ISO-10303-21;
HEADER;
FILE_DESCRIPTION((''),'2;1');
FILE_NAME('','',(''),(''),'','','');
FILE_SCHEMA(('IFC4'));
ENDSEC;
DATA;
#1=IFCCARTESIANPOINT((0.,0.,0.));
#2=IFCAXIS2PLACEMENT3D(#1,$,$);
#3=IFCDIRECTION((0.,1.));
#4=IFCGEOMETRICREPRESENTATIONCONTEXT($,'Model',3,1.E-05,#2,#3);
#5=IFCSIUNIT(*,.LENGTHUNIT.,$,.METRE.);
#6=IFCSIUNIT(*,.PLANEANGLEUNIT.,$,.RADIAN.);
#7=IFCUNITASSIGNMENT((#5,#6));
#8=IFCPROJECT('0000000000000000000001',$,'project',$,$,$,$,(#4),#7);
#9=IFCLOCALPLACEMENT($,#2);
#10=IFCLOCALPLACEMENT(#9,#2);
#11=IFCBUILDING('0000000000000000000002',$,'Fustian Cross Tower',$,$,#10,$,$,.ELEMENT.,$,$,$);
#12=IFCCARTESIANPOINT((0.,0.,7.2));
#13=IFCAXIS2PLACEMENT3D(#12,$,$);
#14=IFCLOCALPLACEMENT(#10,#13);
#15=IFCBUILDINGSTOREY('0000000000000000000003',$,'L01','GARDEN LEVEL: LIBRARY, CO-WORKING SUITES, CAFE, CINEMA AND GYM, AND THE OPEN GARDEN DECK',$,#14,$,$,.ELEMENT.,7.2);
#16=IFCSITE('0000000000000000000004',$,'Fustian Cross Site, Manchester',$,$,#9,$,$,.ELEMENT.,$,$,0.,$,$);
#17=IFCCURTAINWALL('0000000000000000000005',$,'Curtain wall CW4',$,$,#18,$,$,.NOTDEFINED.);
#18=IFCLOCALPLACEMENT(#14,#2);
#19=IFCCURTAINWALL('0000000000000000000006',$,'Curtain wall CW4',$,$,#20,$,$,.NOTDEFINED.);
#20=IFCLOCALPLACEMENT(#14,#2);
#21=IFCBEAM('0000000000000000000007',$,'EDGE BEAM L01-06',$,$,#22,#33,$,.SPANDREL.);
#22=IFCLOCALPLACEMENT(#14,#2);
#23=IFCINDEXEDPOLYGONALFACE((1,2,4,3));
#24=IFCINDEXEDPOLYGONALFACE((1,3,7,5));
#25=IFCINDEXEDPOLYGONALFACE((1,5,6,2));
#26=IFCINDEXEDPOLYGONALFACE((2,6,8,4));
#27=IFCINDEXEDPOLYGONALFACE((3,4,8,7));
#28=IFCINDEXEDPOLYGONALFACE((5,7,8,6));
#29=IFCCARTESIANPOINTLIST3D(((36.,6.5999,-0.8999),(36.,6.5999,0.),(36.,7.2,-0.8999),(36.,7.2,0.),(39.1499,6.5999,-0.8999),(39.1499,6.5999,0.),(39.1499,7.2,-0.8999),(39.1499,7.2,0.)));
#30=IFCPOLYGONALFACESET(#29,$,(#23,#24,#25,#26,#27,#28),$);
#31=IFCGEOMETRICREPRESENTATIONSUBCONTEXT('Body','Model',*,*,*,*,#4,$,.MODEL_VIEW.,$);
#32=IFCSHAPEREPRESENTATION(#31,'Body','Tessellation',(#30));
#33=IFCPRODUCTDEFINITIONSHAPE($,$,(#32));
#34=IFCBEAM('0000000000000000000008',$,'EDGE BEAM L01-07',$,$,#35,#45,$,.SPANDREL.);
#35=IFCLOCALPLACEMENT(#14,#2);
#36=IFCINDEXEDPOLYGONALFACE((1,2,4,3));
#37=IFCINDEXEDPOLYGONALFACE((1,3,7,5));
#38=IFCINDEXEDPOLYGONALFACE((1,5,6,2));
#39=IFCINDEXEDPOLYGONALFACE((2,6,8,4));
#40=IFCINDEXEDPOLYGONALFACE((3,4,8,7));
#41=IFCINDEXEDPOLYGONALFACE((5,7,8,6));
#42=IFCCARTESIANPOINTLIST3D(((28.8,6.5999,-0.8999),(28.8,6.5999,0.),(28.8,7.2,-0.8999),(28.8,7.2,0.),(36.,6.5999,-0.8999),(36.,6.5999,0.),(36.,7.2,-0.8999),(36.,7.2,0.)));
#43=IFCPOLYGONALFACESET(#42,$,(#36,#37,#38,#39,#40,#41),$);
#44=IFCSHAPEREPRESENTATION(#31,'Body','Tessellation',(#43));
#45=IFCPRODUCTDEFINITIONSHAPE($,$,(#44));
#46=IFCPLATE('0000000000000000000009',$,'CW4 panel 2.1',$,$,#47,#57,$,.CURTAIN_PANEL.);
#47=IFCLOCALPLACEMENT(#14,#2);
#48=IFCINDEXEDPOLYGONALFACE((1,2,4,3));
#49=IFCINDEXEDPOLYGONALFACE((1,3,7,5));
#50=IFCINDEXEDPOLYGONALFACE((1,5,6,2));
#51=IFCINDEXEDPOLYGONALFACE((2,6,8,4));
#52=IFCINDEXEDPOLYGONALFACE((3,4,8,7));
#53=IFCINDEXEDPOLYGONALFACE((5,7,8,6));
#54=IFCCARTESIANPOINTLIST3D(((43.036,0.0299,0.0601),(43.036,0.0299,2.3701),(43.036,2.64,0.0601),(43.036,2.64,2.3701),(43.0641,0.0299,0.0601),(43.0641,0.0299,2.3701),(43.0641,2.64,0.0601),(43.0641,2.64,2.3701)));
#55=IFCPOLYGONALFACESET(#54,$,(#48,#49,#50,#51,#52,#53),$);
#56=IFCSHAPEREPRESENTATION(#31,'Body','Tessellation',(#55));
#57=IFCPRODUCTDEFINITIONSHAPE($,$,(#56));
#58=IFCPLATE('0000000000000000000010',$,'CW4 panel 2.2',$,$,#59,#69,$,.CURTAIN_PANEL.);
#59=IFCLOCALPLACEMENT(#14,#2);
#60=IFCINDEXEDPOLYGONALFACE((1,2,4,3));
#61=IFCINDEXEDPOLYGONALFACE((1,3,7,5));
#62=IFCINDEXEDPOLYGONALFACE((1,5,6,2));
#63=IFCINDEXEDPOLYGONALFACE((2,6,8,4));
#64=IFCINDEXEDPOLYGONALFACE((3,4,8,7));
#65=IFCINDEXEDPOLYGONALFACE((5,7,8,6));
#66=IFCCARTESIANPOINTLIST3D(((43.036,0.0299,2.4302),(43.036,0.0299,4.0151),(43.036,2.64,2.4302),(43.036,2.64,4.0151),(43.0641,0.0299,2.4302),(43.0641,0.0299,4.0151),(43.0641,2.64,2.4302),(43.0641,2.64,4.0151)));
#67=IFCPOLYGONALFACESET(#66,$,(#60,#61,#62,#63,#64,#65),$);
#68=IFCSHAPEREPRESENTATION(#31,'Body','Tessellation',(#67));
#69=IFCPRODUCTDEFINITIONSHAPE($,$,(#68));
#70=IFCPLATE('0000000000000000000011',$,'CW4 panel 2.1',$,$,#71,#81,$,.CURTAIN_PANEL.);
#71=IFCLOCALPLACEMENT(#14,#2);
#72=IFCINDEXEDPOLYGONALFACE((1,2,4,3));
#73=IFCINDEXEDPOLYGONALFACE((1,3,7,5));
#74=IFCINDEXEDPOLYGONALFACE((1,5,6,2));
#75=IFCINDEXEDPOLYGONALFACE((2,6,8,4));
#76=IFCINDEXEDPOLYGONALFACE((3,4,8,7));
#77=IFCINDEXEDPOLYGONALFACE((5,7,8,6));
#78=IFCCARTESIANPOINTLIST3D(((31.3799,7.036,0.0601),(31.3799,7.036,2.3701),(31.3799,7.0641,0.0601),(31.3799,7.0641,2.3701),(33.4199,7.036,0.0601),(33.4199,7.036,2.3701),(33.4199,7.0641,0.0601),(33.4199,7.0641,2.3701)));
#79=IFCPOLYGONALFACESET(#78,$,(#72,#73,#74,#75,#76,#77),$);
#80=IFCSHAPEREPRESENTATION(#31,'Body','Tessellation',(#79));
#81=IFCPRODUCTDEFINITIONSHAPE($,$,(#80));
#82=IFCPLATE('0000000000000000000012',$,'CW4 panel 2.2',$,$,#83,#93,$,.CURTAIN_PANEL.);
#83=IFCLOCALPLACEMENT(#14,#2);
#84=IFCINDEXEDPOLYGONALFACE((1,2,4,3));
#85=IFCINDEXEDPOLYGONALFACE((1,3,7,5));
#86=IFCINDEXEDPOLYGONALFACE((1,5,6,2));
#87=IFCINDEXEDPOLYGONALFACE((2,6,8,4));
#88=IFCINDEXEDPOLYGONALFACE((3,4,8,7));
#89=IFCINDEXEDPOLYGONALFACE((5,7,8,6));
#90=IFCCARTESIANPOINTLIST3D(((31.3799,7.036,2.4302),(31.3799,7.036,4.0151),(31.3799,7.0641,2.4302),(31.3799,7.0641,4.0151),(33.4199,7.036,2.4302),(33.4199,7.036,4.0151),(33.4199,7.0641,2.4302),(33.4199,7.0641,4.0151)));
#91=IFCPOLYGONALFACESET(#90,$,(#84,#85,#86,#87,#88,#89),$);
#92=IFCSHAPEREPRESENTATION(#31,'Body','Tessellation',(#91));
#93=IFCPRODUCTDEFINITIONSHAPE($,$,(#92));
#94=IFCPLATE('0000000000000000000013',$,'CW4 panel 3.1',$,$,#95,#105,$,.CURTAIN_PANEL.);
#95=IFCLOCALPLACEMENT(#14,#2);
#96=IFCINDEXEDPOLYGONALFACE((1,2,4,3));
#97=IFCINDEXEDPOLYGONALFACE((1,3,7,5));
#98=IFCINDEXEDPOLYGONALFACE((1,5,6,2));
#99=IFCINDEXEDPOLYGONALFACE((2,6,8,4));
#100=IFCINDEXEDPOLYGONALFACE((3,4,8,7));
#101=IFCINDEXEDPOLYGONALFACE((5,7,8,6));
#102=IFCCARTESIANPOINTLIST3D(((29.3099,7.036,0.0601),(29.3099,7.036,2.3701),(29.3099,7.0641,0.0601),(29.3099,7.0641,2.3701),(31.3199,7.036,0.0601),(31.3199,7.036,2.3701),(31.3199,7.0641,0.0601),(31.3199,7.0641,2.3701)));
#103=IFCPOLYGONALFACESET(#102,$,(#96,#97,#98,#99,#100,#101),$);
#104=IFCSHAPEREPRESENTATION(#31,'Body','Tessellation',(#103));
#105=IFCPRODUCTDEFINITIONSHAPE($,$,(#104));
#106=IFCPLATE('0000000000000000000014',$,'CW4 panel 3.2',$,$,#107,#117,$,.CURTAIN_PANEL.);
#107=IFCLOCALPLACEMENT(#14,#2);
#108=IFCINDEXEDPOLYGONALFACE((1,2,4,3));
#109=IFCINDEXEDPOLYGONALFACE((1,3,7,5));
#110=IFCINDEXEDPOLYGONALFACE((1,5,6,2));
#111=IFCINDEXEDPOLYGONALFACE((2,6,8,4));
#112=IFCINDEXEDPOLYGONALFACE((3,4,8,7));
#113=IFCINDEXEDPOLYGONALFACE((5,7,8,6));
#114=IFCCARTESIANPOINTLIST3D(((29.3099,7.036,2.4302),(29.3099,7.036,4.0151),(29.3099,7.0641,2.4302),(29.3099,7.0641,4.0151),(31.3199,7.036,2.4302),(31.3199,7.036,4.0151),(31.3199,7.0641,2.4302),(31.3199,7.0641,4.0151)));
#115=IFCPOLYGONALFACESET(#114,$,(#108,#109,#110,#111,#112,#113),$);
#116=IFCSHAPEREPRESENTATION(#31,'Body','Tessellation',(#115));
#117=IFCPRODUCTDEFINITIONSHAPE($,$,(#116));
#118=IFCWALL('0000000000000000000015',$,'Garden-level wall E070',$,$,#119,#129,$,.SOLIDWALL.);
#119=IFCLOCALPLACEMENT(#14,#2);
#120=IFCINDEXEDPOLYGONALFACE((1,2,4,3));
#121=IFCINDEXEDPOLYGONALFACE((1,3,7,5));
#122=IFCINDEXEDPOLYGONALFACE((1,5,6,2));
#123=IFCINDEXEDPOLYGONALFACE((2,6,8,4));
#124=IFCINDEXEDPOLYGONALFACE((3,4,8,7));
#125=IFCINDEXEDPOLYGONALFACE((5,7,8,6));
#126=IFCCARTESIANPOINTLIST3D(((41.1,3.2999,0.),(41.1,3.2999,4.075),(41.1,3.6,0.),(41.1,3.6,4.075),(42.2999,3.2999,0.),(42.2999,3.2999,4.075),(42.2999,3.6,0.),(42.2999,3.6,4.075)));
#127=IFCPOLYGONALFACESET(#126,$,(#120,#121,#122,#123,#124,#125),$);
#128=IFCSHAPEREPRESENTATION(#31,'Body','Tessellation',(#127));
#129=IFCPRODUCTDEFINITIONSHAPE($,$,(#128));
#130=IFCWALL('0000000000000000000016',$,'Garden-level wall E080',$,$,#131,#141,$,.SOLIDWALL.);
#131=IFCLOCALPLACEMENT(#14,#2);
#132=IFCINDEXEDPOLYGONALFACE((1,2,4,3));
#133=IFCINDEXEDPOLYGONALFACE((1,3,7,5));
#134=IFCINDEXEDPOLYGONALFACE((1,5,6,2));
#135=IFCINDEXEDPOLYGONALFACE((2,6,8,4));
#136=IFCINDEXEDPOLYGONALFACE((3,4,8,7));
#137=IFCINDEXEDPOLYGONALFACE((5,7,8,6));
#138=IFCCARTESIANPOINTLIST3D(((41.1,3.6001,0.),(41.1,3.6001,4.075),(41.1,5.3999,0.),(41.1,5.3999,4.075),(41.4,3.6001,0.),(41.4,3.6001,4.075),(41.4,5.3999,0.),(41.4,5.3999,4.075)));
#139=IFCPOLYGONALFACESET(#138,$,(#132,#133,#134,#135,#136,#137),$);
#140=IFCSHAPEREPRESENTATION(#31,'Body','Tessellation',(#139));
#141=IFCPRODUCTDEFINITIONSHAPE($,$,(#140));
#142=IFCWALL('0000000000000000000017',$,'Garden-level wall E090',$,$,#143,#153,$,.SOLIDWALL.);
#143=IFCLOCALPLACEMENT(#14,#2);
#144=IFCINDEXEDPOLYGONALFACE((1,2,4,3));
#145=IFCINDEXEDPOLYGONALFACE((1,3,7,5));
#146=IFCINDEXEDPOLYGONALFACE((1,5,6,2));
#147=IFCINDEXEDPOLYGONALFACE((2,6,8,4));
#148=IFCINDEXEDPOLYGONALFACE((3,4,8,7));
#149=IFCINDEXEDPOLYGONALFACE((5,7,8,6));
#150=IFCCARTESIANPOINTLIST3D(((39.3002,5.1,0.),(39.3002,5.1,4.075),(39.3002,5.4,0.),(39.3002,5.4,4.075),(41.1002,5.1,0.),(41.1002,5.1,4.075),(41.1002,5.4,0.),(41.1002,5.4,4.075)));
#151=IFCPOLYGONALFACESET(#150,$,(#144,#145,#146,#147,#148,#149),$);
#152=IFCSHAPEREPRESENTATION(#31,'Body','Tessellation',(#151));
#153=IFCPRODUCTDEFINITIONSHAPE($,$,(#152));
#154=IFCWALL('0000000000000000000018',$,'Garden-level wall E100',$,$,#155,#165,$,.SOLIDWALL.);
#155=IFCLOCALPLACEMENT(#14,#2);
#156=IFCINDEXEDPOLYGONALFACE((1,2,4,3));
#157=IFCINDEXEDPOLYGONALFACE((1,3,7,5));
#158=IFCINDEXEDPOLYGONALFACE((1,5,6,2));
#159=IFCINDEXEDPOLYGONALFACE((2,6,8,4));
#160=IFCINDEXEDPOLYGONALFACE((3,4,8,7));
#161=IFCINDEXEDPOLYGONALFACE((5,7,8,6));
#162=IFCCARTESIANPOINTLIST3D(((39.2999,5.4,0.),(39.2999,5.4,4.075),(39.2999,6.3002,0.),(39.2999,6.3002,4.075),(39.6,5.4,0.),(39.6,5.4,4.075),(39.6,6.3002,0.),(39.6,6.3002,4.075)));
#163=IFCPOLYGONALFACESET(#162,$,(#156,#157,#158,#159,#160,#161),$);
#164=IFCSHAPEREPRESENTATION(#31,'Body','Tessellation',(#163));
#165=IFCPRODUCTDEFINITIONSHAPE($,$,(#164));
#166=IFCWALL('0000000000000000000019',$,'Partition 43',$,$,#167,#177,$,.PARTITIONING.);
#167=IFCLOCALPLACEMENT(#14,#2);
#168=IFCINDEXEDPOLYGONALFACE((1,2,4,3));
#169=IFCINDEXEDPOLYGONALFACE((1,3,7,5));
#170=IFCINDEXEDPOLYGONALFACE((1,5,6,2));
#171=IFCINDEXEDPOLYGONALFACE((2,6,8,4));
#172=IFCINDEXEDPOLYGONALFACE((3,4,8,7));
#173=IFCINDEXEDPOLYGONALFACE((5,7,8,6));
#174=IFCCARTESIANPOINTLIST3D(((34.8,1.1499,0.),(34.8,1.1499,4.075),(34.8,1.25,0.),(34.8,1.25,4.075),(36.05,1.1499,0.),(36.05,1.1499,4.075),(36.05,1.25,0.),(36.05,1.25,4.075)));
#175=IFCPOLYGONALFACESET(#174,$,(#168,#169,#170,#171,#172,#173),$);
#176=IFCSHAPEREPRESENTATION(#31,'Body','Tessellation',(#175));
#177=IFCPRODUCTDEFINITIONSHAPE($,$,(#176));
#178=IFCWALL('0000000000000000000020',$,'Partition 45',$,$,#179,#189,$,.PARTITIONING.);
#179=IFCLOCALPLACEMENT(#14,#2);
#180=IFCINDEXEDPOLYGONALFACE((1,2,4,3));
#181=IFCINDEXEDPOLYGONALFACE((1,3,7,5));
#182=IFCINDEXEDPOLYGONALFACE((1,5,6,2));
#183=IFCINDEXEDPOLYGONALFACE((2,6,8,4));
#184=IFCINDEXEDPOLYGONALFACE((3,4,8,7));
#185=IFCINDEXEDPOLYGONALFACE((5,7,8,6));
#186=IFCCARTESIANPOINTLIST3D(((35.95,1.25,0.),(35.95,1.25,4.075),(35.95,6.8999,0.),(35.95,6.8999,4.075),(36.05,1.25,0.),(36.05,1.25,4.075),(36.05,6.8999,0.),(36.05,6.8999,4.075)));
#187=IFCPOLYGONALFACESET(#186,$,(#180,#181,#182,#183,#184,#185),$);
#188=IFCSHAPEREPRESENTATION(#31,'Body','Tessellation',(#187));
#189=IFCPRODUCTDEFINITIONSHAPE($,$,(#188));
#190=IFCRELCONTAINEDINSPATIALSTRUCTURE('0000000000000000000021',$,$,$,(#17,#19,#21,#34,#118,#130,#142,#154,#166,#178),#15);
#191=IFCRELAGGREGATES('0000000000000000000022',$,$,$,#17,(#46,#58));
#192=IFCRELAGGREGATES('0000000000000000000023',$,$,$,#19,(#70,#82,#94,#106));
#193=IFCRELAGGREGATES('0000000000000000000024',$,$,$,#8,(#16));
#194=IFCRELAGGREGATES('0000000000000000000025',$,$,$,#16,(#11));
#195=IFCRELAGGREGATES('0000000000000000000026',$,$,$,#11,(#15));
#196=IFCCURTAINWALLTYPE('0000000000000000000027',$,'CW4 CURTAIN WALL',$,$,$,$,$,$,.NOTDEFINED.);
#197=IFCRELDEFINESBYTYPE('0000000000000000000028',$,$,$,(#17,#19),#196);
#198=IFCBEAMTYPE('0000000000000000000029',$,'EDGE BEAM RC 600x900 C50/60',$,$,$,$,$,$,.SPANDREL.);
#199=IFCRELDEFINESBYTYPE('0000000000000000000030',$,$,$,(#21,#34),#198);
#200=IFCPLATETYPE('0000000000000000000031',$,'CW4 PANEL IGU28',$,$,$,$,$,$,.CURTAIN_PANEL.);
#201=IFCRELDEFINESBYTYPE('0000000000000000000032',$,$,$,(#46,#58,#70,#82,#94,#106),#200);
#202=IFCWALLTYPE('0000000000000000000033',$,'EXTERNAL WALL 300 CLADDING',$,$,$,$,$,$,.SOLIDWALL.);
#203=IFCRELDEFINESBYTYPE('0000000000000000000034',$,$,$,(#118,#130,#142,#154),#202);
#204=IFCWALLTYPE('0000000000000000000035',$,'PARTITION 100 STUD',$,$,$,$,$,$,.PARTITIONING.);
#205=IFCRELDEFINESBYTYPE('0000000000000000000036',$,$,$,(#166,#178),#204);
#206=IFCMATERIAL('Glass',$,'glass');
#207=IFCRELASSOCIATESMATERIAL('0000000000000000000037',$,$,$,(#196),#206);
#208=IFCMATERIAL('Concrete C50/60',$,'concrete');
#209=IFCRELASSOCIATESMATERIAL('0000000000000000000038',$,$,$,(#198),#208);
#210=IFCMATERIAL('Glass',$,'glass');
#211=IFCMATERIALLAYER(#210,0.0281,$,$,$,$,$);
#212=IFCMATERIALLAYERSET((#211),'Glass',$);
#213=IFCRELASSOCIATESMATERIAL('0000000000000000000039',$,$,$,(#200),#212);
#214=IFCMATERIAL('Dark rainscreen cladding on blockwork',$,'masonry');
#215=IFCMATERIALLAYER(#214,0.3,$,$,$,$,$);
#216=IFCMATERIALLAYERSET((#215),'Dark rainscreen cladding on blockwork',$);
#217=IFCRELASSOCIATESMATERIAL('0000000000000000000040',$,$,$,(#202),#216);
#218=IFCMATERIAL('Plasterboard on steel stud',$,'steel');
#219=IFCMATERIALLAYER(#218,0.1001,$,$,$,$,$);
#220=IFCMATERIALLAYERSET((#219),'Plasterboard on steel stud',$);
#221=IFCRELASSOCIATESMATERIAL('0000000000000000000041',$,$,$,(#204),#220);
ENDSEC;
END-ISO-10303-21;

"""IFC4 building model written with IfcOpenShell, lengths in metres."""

from ifc_helpers import new_model, si_unit, direction, frame, frame_2d, origin, origin_2d, place, context, subcontext, project, spatial, rectangle, extrude, material, layer, layer_set, material_profile, profile_set, type_object, element, aggregate, save


model = new_model("IFC4")

# Units and contexts
model_context = context("Model", 3, precision=1e-05, world=origin(), true_north=direction((0.0, 1.0)))
body_context = subcontext(model_context, "Body", "Model", "MODEL_VIEW")
ifc_project = project(units=[si_unit("LENGTHUNIT", "METRE"), si_unit("PLANEANGLEUNIT", "RADIAN")], contexts=[model_context])

# Site, building, storey
site_placement = place(None, origin())
site = spatial("IfcSite", under=ifc_project, at=site_placement, Name="Fustian Cross Site, Manchester", CompositionType="ELEMENT", RefElevation=0.0)
building_placement = place(site_placement, origin())
building = spatial("IfcBuilding", under=site, at=building_placement, Name="Fustian Cross Tower", CompositionType="ELEMENT")
storey_placement = place(building_placement, frame((0.0, 0.0, 7.2)))
storey = spatial("IfcBuildingStorey", under=building, at=storey_placement, Name="L01", Description="GARDEN LEVEL: LIBRARY, CO-WORKING SUITES, CAFE, CINEMA AND GYM, AND THE OPEN GARDEN DECK", CompositionType="ELEMENT", Elevation=7.2)

# Curtain walls
ifc_material_1 = material(Name="Glass", Category="glass")
curtain_wall_type = type_object("IfcCurtainWallType", Name="CW4 CURTAIN WALL", PredefinedType="NOTDEFINED", material=ifc_material_1)
curtain_wall_1_placement = place(storey_placement, origin())
curtain_wall_1 = element("IfcCurtainWall", 1, at=curtain_wall_1_placement, inside=storey, type_object=curtain_wall_type, Name="Curtain wall CW4", PredefinedType="NOTDEFINED")
curtain_wall_2_placement = place(storey_placement, origin())
curtain_wall_2 = element("IfcCurtainWall", 2, at=curtain_wall_2_placement, inside=storey, type_object=curtain_wall_type, Name="Curtain wall CW4", PredefinedType="NOTDEFINED")

# Beams
ifc_material_2 = material(Name="Concrete C50/60", Category="concrete")
ifc_material_profile_1 = material_profile(ifc_material_2, rectangle(XDim=0.6001, YDim=0.8999, at=origin_2d()), Name="RC 600x900")
ifc_profile_set_1 = profile_set([ifc_material_profile_1], Name="Concrete C50/60")
beam_type = type_object("IfcBeamType", Name="EDGE BEAM RC 600x900 C50/60", PredefinedType="SPANDREL", material=ifc_profile_set_1)
beam_1_placement = place(storey_placement, frame((39.1499, 6.8999, -0.45), z_axis=(-1.0, 0.0, 0.0), x_axis=(0.0, -1.0, 0.0)))
element("IfcBeam", 3, at=beam_1_placement, inside=storey, type_object=beam_type, Name="EDGE BEAM L01-06", PredefinedType="SPANDREL", context=body_context, shape_type="SweptSolid", body=[
    extrude(rectangle(XDim=0.6001, YDim=0.8999, at=origin_2d()), origin(), (0.0, 0.0, 1.0), 3.1499),
])
beam_2_placement = place(storey_placement, frame((36.0, 6.8999, -0.45), z_axis=(-1.0, 0.0, 0.0), x_axis=(0.0, -1.0, 0.0)))
element("IfcBeam", 4, at=beam_2_placement, inside=storey, type_object=beam_type, Name="EDGE BEAM L01-07", PredefinedType="SPANDREL", context=body_context, shape_type="SweptSolid", body=[
    extrude(rectangle(XDim=0.6001, YDim=0.8999, at=origin_2d()), origin(), (0.0, 0.0, 1.0), 7.2),
])

# Plates
ifc_material_3 = material(Name="Glass", Category="glass")
ifc_layer_1 = layer(ifc_material_3, 0.0281)
ifc_layer_set_1 = layer_set([ifc_layer_1], Name="Glass")
plate_type = type_object("IfcPlateType", Name="CW4 PANEL IGU28", PredefinedType="CURTAIN_PANEL", material=ifc_layer_set_1)
plate_1_placement = place(storey_placement, frame((43.05, 1.335, 0.0601), z_axis=(0.0, 0.0, 1.0), x_axis=(0.0, 1.0, 0.0)))
plate_1 = element("IfcPlate", 5, at=plate_1_placement, type_object=plate_type, Name="CW4 panel 2.1", PredefinedType="CURTAIN_PANEL", context=body_context, shape_type="SweptSolid", body=[
    extrude(rectangle(XDim=2.6101, YDim=0.0281, at=origin_2d()), origin(), (0.0, 0.0, 1.0), 2.3101),
])
plate_2_placement = place(storey_placement, frame((43.05, 1.335, 2.4302), z_axis=(0.0, 0.0, 1.0), x_axis=(0.0, 1.0, 0.0)))
plate_2 = element("IfcPlate", 6, at=plate_2_placement, type_object=plate_type, Name="CW4 panel 2.2", PredefinedType="CURTAIN_PANEL", context=body_context, shape_type="SweptSolid", body=[
    extrude(rectangle(XDim=2.6101, YDim=0.0281, at=origin_2d()), origin(), (0.0, 0.0, 1.0), 1.585),
])
aggregate(curtain_wall_1, [plate_1, plate_2])
plate_3_placement = place(storey_placement, frame((32.3999, 7.05, 0.0601), z_axis=(0.0, 0.0, 1.0), x_axis=(-1.0, 0.0, 0.0)))
plate_3 = element("IfcPlate", 7, at=plate_3_placement, type_object=plate_type, Name="CW4 panel 2.1", PredefinedType="CURTAIN_PANEL", context=body_context, shape_type="SweptSolid", body=[
    extrude(rectangle(XDim=2.04, YDim=0.0281, at=origin_2d()), origin(), (0.0, 0.0, 1.0), 2.3101),
])
plate_4_placement = place(storey_placement, frame((32.3999, 7.05, 2.4302), z_axis=(0.0, 0.0, 1.0), x_axis=(-1.0, 0.0, 0.0)))
plate_4 = element("IfcPlate", 8, at=plate_4_placement, type_object=plate_type, Name="CW4 panel 2.2", PredefinedType="CURTAIN_PANEL", context=body_context, shape_type="SweptSolid", body=[
    extrude(rectangle(XDim=2.04, YDim=0.0281, at=origin_2d()), origin(), (0.0, 0.0, 1.0), 1.585),
])
plate_5_placement = place(storey_placement, frame((30.3149, 7.05, 0.0601), z_axis=(0.0, 0.0, 1.0), x_axis=(-1.0, 0.0, 0.0)))
plate_5 = element("IfcPlate", 9, at=plate_5_placement, type_object=plate_type, Name="CW4 panel 3.1", PredefinedType="CURTAIN_PANEL", context=body_context, shape_type="SweptSolid", body=[
    extrude(rectangle(XDim=2.01, YDim=0.0281, at=origin_2d()), origin(), (0.0, 0.0, 1.0), 2.3101),
])
plate_6_placement = place(storey_placement, frame((30.3149, 7.05, 2.4302), z_axis=(0.0, 0.0, 1.0), x_axis=(-1.0, 0.0, 0.0)))
plate_6 = element("IfcPlate", 10, at=plate_6_placement, type_object=plate_type, Name="CW4 panel 3.2", PredefinedType="CURTAIN_PANEL", context=body_context, shape_type="SweptSolid", body=[
    extrude(rectangle(XDim=2.01, YDim=0.0281, at=origin_2d()), origin(), (0.0, 0.0, 1.0), 1.585),
])
aggregate(curtain_wall_2, [plate_3, plate_4, plate_5, plate_6])

# Walls
ifc_material_4 = material(Name="Dark rainscreen cladding on blockwork", Category="masonry")
ifc_layer_2 = layer(ifc_material_4, 0.3)
ifc_layer_set_2 = layer_set([ifc_layer_2], Name="Dark rainscreen cladding on blockwork")
wall_type_1 = type_object("IfcWallType", Name="EXTERNAL WALL 300 CLADDING", PredefinedType="SOLIDWALL", material=ifc_layer_set_2)
wall_1_placement = place(storey_placement, frame((42.3, 3.45, 0.0), z_axis=(0.0, 0.0, 1.0), x_axis=(-1.0, 0.0, 0.0)))
element("IfcWall", 11, at=wall_1_placement, inside=storey, type_object=wall_type_1, Name="Garden-level wall E070", PredefinedType="SOLIDWALL", context=body_context, shape_type="SweptSolid", body=[
    extrude(rectangle(XDim=1.2, YDim=0.3, at=frame_2d((0.6001, 0.0))), origin(), (0.0, 0.0, 1.0), 4.075),
])
wall_2_placement = place(storey_placement, frame((41.25, 3.6001, 0.0), z_axis=(0.0, 0.0, 1.0), x_axis=(0.0, 1.0, 0.0)))
element("IfcWall", 12, at=wall_2_placement, inside=storey, type_object=wall_type_1, Name="Garden-level wall E080", PredefinedType="SOLIDWALL", context=body_context, shape_type="SweptSolid", body=[
    extrude(rectangle(XDim=1.7998, YDim=0.3, at=frame_2d((0.8999, 0.0))), origin(), (0.0, 0.0, 1.0), 4.075),
])
wall_3_placement = place(storey_placement, frame((41.1001, 5.25, 0.0), z_axis=(0.0, 0.0, 1.0), x_axis=(-1.0, 0.0, 0.0)))
element("IfcWall", 13, at=wall_3_placement, inside=storey, type_object=wall_type_1, Name="Garden-level wall E090", PredefinedType="SOLIDWALL", context=body_context, shape_type="SweptSolid", body=[
    extrude(rectangle(XDim=1.8, YDim=0.3, at=frame_2d((0.8999, 0.0))), origin(), (0.0, 0.0, 1.0), 4.075),
])
wall_4_placement = place(storey_placement, frame((39.45, 5.3999, 0.0), z_axis=(0.0, 0.0, 1.0), x_axis=(0.0, 1.0, 0.0)))
element("IfcWall", 14, at=wall_4_placement, inside=storey, type_object=wall_type_1, Name="Garden-level wall E100", PredefinedType="SOLIDWALL", context=body_context, shape_type="SweptSolid", body=[
    extrude(rectangle(XDim=0.9001, YDim=0.3, at=frame_2d((0.4502, 0.0))), origin(), (0.0, 0.0, 1.0), 4.075),
])
ifc_material_5 = material(Name="Plasterboard on steel stud", Category="steel")
ifc_layer_3 = layer(ifc_material_5, 0.1001)
ifc_layer_set_3 = layer_set([ifc_layer_3], Name="Plasterboard on steel stud")
wall_type_2 = type_object("IfcWallType", Name="PARTITION 100 STUD", PredefinedType="PARTITIONING", material=ifc_layer_set_3)
wall_5_placement = place(storey_placement, frame((34.8, 1.2, 0.0), z_axis=(0.0, 0.0, 1.0), x_axis=(1.0, 0.0, 0.0)))
element("IfcWall", 15, at=wall_5_placement, inside=storey, type_object=wall_type_2, Name="Partition 43", PredefinedType="PARTITIONING", context=body_context, shape_type="SweptSolid", body=[
    extrude(rectangle(XDim=1.25, YDim=0.1001, at=frame_2d((0.625, 0.0))), origin(), (0.0, 0.0, 1.0), 4.075),
])
wall_6_placement = place(storey_placement, frame((36.0, 1.25, 0.0), z_axis=(0.0, 0.0, 1.0), x_axis=(0.0, 1.0, 0.0)))
element("IfcWall", 16, at=wall_6_placement, inside=storey, type_object=wall_type_2, Name="Partition 45", PredefinedType="PARTITIONING", context=body_context, shape_type="SweptSolid", body=[
    extrude(rectangle(XDim=5.6499, YDim=0.1001, at=frame_2d((2.825, 0.0))), origin(), (0.0, 0.0, 1.0), 4.075),
])

save(model, "model.ifc")
